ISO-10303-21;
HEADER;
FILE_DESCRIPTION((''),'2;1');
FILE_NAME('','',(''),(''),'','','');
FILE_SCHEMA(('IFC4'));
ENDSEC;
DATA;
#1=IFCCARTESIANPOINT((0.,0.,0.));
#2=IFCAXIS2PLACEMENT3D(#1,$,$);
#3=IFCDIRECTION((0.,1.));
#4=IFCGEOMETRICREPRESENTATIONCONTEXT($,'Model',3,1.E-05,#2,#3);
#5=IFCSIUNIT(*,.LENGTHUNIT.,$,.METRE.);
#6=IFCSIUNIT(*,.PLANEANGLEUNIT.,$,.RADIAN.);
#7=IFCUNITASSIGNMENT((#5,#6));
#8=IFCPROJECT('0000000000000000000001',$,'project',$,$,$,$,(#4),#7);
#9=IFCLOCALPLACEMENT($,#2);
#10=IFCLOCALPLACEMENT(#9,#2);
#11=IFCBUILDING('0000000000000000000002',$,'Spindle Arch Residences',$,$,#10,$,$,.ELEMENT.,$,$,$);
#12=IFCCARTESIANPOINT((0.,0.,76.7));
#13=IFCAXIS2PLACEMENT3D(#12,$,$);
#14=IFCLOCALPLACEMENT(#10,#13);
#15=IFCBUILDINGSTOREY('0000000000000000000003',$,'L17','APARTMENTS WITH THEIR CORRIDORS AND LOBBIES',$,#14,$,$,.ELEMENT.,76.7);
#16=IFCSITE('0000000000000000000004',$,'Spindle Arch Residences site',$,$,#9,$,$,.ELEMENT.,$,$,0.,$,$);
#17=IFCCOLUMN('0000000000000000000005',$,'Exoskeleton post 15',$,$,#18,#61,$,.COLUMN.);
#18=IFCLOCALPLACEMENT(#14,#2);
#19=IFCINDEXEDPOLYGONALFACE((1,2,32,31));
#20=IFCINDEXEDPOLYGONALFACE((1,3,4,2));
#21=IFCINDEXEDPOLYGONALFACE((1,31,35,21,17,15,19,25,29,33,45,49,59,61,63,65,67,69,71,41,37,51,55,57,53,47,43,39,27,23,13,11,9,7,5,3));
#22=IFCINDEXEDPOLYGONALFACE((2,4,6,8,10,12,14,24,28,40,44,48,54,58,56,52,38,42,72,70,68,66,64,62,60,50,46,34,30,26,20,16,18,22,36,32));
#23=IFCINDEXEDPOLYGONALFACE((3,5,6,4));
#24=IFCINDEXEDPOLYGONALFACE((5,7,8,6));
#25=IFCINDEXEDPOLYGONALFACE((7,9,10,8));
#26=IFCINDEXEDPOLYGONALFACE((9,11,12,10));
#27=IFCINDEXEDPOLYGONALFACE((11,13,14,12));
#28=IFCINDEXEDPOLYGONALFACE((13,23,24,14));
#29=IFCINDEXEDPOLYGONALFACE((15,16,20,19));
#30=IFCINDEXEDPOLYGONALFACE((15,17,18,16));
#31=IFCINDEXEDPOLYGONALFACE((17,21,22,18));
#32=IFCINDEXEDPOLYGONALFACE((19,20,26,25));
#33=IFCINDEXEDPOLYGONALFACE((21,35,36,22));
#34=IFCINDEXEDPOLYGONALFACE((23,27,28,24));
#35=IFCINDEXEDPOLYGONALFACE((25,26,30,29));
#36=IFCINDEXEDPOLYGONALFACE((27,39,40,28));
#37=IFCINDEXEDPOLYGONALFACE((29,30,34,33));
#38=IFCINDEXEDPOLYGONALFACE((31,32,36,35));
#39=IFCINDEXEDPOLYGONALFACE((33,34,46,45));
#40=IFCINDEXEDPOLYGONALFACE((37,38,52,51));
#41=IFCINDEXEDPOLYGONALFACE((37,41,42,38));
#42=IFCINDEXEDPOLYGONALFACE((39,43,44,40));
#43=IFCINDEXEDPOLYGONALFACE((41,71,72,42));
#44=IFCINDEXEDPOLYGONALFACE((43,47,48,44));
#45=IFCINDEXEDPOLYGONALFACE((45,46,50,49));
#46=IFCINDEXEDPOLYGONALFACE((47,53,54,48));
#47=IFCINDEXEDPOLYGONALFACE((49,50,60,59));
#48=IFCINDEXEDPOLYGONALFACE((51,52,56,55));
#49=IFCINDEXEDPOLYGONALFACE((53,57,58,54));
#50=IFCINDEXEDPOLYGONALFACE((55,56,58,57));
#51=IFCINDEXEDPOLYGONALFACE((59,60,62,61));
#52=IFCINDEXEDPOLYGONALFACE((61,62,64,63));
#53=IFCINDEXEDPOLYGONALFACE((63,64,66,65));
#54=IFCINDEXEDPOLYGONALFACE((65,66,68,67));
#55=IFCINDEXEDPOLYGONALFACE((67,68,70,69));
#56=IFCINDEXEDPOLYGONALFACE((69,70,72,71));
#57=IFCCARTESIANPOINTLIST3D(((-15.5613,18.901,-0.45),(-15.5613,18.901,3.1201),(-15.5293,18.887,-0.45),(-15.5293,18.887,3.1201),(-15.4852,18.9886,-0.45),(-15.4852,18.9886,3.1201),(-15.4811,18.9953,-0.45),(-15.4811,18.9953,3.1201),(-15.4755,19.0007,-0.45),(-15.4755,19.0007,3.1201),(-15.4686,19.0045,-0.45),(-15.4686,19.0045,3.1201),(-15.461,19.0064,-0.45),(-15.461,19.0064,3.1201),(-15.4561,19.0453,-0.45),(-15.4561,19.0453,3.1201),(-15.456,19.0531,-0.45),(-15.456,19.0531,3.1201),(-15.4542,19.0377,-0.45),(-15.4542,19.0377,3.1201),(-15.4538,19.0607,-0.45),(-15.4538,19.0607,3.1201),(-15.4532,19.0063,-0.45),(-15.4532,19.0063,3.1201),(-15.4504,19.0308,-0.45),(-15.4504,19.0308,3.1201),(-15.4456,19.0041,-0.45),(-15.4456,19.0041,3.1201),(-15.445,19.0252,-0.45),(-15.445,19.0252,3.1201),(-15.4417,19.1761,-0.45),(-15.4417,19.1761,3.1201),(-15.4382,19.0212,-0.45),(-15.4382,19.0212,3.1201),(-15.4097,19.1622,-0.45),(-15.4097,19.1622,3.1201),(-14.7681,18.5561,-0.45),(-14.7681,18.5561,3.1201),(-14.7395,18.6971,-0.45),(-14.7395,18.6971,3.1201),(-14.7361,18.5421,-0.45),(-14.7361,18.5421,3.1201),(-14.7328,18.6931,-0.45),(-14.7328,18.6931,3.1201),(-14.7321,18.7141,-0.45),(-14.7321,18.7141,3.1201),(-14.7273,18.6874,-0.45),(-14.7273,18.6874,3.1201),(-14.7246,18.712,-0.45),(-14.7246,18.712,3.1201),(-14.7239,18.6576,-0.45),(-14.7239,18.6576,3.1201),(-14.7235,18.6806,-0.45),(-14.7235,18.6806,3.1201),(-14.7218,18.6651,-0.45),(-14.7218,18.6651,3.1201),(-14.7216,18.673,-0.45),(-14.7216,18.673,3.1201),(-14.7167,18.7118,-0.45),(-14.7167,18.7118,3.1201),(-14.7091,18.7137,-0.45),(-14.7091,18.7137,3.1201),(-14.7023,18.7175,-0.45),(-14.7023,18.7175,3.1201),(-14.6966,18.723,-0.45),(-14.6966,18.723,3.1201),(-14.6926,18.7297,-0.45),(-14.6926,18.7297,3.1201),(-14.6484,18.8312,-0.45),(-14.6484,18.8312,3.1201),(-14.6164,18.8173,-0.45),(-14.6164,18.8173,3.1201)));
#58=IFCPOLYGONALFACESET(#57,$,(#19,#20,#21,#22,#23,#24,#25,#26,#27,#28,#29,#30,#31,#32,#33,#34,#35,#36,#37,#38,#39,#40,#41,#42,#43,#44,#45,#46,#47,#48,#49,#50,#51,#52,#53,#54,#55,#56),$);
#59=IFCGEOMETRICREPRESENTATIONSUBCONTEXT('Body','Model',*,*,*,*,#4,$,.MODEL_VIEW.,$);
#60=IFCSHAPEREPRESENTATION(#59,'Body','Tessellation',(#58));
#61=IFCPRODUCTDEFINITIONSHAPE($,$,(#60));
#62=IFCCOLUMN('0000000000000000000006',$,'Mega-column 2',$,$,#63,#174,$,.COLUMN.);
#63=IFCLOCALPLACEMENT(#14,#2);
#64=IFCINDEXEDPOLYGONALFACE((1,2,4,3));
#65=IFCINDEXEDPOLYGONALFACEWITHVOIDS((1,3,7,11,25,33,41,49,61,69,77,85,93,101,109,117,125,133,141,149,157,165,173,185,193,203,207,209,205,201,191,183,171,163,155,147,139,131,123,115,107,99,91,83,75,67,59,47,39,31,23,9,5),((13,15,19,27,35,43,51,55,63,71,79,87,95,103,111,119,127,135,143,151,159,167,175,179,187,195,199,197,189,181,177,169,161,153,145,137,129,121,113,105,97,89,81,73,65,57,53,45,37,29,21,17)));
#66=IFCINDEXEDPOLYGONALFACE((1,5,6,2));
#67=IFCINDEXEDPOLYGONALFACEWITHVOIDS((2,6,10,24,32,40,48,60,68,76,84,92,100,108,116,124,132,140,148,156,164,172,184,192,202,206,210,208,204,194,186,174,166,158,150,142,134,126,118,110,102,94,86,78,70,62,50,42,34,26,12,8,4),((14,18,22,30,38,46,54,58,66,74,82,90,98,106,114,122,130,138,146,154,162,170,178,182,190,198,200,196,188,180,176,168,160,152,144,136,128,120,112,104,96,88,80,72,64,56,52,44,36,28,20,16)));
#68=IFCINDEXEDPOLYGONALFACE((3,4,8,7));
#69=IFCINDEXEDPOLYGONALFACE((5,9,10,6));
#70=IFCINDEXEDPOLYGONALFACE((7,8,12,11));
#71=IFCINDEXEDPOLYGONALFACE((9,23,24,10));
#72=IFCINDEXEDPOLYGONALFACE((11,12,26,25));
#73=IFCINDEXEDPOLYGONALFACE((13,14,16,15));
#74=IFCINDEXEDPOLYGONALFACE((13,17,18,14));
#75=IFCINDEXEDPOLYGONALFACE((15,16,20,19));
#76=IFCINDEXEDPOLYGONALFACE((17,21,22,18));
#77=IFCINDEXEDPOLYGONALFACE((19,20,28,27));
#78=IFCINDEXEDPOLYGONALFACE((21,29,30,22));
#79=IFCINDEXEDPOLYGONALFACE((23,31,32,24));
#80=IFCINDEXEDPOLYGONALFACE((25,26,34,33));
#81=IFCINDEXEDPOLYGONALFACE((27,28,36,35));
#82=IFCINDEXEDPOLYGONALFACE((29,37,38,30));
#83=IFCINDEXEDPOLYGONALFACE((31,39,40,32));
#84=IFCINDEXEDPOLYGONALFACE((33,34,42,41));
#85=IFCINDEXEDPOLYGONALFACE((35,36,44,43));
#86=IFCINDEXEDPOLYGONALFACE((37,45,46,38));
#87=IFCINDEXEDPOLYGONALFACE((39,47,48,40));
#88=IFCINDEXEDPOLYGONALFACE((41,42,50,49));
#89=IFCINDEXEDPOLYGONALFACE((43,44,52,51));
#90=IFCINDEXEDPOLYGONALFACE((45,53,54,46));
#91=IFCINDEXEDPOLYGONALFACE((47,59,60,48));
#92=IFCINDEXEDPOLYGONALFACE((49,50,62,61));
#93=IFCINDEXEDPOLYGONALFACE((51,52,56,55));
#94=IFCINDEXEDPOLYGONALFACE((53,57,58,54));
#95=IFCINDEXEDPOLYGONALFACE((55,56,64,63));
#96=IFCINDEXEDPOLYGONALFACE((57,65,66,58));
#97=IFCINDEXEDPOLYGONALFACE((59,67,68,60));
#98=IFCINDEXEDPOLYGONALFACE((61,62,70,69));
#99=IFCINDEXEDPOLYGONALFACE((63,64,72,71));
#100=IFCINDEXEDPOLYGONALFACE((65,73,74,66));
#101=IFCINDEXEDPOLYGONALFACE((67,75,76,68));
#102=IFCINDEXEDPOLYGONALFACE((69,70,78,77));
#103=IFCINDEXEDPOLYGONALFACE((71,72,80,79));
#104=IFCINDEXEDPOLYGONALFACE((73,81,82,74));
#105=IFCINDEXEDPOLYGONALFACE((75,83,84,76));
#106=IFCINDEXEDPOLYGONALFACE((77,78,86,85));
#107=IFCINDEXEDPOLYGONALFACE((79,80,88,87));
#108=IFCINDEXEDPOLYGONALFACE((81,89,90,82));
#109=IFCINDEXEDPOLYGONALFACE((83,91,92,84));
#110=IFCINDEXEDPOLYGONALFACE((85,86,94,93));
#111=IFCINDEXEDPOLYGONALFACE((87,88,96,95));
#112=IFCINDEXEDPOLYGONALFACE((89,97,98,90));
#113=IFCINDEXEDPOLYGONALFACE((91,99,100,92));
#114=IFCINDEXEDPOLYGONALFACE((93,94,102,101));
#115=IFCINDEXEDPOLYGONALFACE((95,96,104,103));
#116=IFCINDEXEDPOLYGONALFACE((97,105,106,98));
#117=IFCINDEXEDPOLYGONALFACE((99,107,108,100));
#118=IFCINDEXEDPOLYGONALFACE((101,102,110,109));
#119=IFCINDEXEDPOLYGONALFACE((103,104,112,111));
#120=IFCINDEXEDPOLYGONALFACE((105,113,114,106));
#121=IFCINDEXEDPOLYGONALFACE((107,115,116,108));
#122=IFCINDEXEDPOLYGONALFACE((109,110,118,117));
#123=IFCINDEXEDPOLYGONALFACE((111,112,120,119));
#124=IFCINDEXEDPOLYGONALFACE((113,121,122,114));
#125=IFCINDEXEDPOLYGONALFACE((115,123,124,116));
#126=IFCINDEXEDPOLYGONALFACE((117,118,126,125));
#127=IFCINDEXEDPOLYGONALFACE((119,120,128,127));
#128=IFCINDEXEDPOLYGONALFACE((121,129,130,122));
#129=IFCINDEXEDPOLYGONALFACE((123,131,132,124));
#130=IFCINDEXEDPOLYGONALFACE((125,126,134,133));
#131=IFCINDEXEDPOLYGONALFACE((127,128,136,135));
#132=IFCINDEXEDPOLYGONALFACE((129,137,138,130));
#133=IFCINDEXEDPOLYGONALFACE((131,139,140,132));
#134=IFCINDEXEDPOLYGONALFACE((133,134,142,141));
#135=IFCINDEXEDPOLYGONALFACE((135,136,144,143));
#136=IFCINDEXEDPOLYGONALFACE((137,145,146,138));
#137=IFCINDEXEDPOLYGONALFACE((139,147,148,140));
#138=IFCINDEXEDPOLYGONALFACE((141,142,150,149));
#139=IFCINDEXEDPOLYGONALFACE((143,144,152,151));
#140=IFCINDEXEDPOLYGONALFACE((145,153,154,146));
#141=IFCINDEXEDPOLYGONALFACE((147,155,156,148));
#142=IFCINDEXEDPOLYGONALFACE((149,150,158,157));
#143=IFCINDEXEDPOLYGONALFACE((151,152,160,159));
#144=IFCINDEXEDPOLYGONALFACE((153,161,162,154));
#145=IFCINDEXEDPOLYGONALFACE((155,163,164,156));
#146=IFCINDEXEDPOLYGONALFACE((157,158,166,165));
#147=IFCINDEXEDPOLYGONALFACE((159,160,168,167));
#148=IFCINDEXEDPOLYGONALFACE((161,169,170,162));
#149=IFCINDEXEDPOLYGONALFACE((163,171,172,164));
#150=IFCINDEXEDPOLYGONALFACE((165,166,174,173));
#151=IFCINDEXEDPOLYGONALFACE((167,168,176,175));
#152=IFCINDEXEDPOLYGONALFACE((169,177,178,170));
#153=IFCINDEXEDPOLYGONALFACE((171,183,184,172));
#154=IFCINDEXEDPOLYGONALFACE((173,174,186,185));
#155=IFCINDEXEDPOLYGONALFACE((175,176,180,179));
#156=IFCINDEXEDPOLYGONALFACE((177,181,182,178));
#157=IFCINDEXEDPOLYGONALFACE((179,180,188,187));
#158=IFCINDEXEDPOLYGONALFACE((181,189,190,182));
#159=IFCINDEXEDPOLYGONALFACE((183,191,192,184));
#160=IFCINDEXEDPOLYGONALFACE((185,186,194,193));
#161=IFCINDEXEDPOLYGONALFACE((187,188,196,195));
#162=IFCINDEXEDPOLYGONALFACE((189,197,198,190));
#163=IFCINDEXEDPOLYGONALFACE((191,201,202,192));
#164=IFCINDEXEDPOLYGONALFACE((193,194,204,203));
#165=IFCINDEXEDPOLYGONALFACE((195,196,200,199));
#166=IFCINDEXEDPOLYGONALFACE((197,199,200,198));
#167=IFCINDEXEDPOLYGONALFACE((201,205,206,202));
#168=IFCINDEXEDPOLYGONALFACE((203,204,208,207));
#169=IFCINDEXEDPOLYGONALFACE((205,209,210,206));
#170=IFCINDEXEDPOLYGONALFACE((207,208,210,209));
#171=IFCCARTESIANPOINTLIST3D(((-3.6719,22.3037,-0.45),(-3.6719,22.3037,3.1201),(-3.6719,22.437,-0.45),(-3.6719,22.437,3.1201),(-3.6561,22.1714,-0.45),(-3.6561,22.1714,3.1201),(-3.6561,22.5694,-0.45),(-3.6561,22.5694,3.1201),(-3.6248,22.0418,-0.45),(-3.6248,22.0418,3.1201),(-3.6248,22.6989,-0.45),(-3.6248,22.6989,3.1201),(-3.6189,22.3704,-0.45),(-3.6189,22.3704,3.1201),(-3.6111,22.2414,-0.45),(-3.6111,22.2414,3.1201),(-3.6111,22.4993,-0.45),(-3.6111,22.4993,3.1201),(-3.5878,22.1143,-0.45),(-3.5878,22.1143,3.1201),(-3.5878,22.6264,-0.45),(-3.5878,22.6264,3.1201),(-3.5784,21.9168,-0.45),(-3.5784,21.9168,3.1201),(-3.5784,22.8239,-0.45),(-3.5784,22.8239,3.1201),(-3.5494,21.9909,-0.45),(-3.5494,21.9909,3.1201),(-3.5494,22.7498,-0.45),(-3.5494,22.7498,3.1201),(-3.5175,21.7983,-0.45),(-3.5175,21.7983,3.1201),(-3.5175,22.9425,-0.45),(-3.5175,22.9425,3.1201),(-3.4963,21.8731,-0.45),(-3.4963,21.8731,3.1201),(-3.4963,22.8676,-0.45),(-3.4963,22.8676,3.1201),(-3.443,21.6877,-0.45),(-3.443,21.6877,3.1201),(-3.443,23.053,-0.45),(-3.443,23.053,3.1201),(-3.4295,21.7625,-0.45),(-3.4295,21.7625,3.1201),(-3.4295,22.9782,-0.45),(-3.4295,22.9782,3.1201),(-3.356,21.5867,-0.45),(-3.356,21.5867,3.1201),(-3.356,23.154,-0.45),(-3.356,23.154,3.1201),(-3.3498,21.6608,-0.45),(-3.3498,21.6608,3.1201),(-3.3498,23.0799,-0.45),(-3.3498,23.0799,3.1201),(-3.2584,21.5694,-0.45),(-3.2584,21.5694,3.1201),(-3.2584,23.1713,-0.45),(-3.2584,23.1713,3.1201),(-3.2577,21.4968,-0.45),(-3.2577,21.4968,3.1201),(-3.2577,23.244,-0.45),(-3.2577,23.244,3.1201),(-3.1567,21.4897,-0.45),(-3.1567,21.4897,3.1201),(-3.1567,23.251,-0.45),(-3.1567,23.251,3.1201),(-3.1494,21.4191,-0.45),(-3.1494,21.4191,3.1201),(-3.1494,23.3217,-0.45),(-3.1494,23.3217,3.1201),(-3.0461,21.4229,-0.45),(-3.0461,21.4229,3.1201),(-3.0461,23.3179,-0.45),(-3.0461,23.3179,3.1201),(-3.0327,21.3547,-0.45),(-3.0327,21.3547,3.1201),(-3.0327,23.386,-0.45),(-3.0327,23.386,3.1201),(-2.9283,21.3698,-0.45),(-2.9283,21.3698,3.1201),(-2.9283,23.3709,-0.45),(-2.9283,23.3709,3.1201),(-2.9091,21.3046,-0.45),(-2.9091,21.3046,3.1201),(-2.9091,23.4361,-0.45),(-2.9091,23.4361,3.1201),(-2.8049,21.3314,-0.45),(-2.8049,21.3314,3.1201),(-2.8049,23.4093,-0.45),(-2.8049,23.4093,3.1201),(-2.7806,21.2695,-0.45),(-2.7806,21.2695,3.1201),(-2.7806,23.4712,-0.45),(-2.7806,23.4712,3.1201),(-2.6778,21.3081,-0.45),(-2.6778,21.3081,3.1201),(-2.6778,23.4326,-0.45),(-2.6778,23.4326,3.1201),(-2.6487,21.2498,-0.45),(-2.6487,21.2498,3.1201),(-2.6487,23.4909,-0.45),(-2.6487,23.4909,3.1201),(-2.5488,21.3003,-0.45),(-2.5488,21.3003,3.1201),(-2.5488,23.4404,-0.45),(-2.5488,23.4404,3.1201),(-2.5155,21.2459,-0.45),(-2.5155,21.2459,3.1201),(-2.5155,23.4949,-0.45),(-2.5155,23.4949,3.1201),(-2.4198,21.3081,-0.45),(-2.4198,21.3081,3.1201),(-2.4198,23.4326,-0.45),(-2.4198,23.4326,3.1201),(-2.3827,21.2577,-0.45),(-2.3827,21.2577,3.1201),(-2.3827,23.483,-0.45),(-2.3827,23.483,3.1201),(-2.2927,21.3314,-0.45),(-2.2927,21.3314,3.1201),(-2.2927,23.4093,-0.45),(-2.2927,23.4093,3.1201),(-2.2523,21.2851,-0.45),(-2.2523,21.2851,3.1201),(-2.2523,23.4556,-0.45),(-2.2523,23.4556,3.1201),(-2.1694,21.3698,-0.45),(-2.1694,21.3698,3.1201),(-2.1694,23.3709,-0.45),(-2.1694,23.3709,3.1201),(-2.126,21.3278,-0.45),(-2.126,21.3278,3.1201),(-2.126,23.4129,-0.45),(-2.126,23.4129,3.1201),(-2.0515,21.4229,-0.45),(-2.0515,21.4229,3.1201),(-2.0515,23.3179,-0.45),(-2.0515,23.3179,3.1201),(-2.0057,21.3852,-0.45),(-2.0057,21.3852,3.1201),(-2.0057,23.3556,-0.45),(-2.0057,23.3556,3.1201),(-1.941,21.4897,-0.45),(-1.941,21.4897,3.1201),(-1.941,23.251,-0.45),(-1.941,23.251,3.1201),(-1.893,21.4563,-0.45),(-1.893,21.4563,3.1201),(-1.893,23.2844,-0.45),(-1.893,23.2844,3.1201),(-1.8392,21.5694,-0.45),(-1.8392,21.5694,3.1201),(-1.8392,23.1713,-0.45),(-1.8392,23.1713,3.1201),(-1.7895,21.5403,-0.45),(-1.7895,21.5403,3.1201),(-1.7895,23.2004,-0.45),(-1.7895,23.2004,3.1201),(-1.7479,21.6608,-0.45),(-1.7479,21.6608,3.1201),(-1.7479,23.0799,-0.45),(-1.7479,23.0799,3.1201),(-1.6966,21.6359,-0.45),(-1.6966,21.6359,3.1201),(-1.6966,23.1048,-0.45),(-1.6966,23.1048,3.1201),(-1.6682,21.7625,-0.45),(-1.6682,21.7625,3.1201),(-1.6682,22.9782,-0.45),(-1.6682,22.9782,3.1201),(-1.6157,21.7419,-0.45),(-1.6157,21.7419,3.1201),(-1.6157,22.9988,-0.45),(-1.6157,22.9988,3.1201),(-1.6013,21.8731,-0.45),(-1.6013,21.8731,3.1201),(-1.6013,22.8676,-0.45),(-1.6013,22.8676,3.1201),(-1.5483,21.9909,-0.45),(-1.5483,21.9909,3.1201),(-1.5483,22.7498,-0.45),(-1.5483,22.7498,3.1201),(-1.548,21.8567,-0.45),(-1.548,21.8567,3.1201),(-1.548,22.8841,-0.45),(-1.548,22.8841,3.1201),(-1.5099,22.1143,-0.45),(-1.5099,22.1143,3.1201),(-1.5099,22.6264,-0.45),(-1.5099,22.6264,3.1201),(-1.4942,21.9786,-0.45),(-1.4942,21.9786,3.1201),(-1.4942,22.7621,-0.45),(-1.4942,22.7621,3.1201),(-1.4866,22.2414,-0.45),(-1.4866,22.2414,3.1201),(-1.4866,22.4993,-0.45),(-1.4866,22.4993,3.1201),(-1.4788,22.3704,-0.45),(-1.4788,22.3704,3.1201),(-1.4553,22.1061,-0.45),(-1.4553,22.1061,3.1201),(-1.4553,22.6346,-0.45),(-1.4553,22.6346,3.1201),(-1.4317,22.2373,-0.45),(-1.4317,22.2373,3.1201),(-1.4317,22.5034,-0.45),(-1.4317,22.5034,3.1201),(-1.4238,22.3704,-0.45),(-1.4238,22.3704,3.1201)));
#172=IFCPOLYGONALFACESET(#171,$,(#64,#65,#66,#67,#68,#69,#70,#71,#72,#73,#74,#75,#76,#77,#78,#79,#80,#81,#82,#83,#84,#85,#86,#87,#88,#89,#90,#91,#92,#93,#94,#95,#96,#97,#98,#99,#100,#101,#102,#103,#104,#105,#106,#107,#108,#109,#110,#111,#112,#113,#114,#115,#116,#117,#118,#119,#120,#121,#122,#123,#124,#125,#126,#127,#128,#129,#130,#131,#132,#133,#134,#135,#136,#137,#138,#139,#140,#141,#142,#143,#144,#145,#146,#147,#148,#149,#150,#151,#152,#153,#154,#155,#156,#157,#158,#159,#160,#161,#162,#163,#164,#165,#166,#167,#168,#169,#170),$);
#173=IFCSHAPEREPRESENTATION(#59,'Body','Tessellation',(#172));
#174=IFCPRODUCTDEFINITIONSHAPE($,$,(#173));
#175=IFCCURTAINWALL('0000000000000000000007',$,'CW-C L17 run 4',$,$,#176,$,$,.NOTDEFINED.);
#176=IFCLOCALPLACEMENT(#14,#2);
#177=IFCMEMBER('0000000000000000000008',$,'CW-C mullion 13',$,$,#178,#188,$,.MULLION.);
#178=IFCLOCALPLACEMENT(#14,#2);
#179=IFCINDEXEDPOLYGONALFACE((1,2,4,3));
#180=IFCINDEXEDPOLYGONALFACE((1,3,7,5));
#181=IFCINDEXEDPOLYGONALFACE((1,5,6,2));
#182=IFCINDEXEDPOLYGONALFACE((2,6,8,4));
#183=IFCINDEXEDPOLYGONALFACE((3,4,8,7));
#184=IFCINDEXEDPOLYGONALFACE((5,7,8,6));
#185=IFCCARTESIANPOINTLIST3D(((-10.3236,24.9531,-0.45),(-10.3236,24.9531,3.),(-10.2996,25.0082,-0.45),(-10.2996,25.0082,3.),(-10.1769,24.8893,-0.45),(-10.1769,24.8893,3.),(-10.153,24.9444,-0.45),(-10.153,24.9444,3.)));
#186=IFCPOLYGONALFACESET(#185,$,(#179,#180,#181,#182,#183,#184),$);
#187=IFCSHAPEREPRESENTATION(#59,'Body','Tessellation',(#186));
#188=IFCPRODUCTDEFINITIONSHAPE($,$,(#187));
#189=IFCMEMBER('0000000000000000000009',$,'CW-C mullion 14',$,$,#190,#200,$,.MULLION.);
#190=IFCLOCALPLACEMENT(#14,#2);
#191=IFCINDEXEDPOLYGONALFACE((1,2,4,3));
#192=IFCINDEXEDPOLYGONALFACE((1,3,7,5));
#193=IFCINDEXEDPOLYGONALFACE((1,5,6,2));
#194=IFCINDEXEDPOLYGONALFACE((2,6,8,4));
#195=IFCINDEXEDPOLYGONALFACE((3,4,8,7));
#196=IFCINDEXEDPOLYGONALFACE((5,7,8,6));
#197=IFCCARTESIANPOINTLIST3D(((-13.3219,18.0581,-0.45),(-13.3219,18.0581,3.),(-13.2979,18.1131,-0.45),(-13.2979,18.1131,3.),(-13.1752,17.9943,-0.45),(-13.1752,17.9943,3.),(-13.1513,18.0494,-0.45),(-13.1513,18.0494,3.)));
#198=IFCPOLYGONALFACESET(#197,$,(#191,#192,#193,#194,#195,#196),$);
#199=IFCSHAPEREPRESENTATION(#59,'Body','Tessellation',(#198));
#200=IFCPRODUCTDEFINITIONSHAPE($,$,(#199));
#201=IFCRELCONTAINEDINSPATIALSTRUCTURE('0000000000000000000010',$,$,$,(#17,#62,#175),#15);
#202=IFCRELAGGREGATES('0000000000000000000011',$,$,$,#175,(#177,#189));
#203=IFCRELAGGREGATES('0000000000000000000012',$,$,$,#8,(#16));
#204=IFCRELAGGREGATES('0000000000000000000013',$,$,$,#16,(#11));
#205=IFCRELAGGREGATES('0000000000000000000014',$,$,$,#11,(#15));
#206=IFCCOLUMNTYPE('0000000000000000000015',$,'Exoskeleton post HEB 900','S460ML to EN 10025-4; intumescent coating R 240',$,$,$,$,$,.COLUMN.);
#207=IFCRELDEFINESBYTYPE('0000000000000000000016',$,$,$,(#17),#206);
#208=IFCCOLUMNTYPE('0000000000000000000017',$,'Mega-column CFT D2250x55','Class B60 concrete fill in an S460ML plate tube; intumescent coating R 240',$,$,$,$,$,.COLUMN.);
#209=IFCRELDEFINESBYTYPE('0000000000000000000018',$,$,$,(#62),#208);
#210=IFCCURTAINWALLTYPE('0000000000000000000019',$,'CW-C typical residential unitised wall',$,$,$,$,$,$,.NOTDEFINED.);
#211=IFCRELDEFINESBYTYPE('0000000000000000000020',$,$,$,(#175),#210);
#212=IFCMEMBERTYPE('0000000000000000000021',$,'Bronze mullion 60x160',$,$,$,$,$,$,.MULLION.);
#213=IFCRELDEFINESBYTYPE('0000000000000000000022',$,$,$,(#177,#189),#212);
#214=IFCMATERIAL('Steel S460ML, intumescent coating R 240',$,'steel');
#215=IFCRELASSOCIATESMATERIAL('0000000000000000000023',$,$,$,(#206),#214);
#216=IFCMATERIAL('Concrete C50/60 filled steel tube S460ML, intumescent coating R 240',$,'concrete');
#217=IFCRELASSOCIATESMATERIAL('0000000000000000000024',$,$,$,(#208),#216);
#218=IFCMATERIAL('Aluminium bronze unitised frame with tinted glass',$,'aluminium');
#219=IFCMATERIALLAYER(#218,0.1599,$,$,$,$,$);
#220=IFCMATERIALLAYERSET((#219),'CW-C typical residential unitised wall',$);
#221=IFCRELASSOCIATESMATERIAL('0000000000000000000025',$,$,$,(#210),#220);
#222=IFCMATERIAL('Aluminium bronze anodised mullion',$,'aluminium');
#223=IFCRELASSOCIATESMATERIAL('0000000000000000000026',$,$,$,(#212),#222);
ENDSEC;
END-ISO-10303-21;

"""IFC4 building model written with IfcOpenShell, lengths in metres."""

from ifc_helpers import new_model, si_unit, direction, frame, origin, origin_2d, place, context, subcontext, project, spatial, rectangle, hollow_circle, i_section, extrude, material, layer, layer_set, material_profile, profile_set, type_object, element, aggregate, save


model = new_model("IFC4")

# Units and contexts
model_context = context("Model", 3, precision=1e-05, world=origin(), true_north=direction((0.0, 1.0)))
body_context = subcontext(model_context, "Body", "Model", "MODEL_VIEW")
ifc_project = project(units=[si_unit("LENGTHUNIT", "METRE"), si_unit("PLANEANGLEUNIT", "RADIAN")], contexts=[model_context])

# Site, building, storey
site_placement = place(None, origin())
site = spatial("IfcSite", under=ifc_project, at=site_placement, Name="Spindle Arch Residences site", CompositionType="ELEMENT", RefElevation=0.0)
building_placement = place(site_placement, origin())
building = spatial("IfcBuilding", under=site, at=building_placement, Name="Spindle Arch Residences", CompositionType="ELEMENT")
storey_placement = place(building_placement, frame((0.0, 0.0, 76.7)))
storey = spatial("IfcBuildingStorey", under=building, at=storey_placement, Name="L17", Description="APARTMENTS WITH THEIR CORRIDORS AND LOBBIES", CompositionType="ELEMENT", Elevation=76.7)

# Columns
ifc_material_1 = material(Name="Steel S460ML, intumescent coating R 240", Category="steel")
ifc_material_profile_1 = material_profile(ifc_material_1, i_section(OverallWidth=0.3, OverallDepth=0.8999, WebThickness=0.0186, FlangeThickness=0.0349, FilletRadius=0.03, at=origin_2d()), Name="HEB 900")
ifc_profile_set_1 = profile_set([ifc_material_profile_1], Name="Steel S460ML, intumescent coating R 240")
column_type_1 = type_object("IfcColumnType", Name="Exoskeleton post HEB 900", Description="S460ML to EN 10025-4; intumescent coating R 240", PredefinedType="COLUMN", material=ifc_profile_set_1)
column_1_placement = place(storey_placement, frame((-15.0889, 18.8591, -0.45), z_axis=(0.0, 0.0, 1.0), x_axis=(0.398749, 0.91706, 0.0)))
element("IfcColumn", 1, at=column_1_placement, inside=storey, type_object=column_type_1, Name="Exoskeleton post 15", PredefinedType="COLUMN", context=body_context, shape_type="SweptSolid", body=[
    extrude(i_section(OverallWidth=0.3, OverallDepth=0.8999, WebThickness=0.0186, FlangeThickness=0.0349, FilletRadius=0.03, at=origin_2d()), origin(), (0.0, 0.0, 1.0), 3.5701),
])
ifc_material_2 = material(Name="Concrete C50/60 filled steel tube S460ML, intumescent coating R 240", Category="concrete")
ifc_material_profile_2 = material_profile(ifc_material_2, hollow_circle(Radius=1.125, WallThickness=0.0549, at=origin_2d()), Name="CFT D2250x55")
ifc_profile_set_2 = profile_set([ifc_material_profile_2], Name="Concrete C50/60 filled steel tube S460ML, intumescent coating R 240")
column_type_2 = type_object("IfcColumnType", Name="Mega-column CFT D2250x55", Description="Class B60 concrete fill in an S460ML plate tube; intumescent coating R 240", PredefinedType="COLUMN", material=ifc_profile_set_2)
column_2_placement = place(storey_placement, frame((-2.5488, 22.3704, -0.45), z_axis=(0.0, 0.0, 1.0), x_axis=(1.0, 0.0, 0.0)))
element("IfcColumn", 2, at=column_2_placement, inside=storey, type_object=column_type_2, Name="Mega-column 2", PredefinedType="COLUMN", context=body_context, shape_type="SweptSolid", body=[
    extrude(hollow_circle(Radius=1.125, WallThickness=0.0549, at=origin_2d()), origin(), (0.0, 0.0, 1.0), 3.5701),
])

# Curtain wall, members
ifc_material_3 = material(Name="Aluminium bronze unitised frame with tinted glass", Category="aluminium")
ifc_layer_1 = layer(ifc_material_3, 0.1599)
ifc_layer_set_1 = layer_set([ifc_layer_1], Name="CW-C typical residential unitised wall")
curtain_wall_type = type_object("IfcCurtainWallType", Name="CW-C typical residential unitised wall", PredefinedType="NOTDEFINED", material=ifc_layer_set_1)
curtain_wall_placement = place(storey_placement, origin())
curtain_wall = element("IfcCurtainWall", 3, at=curtain_wall_placement, inside=storey, type_object=curtain_wall_type, Name="CW-C L17 run 4", PredefinedType="NOTDEFINED")
ifc_material_4 = material(Name="Aluminium bronze anodised mullion", Category="aluminium")
ifc_material_profile_3 = material_profile(ifc_material_4, rectangle(XDim=0.1599, YDim=0.0601, at=origin_2d()), Name="MU 60x160")
ifc_profile_set_3 = profile_set([ifc_material_profile_3], Name="Aluminium bronze anodised mullion")
member_type_1 = type_object("IfcMemberType", Name="Bronze mullion 60x160", PredefinedType="MULLION", material=ifc_profile_set_3)
member_1_placement = place(storey_placement, frame((-10.2383, 24.9487, -0.45), z_axis=(0.0, 0.0, 1.0), x_axis=(0.91706, -0.398749, 0.0)))
member_1 = element("IfcMember", 4, at=member_1_placement, type_object=member_type_1, Name="CW-C mullion 13", PredefinedType="MULLION", context=body_context, shape_type="SweptSolid", body=[
    extrude(rectangle(XDim=0.1599, YDim=0.0601, at=origin_2d()), origin(), (0.0, 0.0, 1.0), 3.45),
])
member_2_placement = place(storey_placement, frame((-13.2366, 18.0537, -0.45), z_axis=(0.0, 0.0, 1.0), x_axis=(0.91706, -0.398749, 0.0)))
member_2 = element("IfcMember", 5, at=member_2_placement, type_object=member_type_1, Name="CW-C mullion 14", PredefinedType="MULLION", context=body_context, shape_type="SweptSolid", body=[
    extrude(rectangle(XDim=0.1599, YDim=0.0601, at=origin_2d()), origin(), (0.0, 0.0, 1.0), 3.45),
])

aggregate(curtain_wall, [member_1, member_2])

save(model, "model.ifc")
